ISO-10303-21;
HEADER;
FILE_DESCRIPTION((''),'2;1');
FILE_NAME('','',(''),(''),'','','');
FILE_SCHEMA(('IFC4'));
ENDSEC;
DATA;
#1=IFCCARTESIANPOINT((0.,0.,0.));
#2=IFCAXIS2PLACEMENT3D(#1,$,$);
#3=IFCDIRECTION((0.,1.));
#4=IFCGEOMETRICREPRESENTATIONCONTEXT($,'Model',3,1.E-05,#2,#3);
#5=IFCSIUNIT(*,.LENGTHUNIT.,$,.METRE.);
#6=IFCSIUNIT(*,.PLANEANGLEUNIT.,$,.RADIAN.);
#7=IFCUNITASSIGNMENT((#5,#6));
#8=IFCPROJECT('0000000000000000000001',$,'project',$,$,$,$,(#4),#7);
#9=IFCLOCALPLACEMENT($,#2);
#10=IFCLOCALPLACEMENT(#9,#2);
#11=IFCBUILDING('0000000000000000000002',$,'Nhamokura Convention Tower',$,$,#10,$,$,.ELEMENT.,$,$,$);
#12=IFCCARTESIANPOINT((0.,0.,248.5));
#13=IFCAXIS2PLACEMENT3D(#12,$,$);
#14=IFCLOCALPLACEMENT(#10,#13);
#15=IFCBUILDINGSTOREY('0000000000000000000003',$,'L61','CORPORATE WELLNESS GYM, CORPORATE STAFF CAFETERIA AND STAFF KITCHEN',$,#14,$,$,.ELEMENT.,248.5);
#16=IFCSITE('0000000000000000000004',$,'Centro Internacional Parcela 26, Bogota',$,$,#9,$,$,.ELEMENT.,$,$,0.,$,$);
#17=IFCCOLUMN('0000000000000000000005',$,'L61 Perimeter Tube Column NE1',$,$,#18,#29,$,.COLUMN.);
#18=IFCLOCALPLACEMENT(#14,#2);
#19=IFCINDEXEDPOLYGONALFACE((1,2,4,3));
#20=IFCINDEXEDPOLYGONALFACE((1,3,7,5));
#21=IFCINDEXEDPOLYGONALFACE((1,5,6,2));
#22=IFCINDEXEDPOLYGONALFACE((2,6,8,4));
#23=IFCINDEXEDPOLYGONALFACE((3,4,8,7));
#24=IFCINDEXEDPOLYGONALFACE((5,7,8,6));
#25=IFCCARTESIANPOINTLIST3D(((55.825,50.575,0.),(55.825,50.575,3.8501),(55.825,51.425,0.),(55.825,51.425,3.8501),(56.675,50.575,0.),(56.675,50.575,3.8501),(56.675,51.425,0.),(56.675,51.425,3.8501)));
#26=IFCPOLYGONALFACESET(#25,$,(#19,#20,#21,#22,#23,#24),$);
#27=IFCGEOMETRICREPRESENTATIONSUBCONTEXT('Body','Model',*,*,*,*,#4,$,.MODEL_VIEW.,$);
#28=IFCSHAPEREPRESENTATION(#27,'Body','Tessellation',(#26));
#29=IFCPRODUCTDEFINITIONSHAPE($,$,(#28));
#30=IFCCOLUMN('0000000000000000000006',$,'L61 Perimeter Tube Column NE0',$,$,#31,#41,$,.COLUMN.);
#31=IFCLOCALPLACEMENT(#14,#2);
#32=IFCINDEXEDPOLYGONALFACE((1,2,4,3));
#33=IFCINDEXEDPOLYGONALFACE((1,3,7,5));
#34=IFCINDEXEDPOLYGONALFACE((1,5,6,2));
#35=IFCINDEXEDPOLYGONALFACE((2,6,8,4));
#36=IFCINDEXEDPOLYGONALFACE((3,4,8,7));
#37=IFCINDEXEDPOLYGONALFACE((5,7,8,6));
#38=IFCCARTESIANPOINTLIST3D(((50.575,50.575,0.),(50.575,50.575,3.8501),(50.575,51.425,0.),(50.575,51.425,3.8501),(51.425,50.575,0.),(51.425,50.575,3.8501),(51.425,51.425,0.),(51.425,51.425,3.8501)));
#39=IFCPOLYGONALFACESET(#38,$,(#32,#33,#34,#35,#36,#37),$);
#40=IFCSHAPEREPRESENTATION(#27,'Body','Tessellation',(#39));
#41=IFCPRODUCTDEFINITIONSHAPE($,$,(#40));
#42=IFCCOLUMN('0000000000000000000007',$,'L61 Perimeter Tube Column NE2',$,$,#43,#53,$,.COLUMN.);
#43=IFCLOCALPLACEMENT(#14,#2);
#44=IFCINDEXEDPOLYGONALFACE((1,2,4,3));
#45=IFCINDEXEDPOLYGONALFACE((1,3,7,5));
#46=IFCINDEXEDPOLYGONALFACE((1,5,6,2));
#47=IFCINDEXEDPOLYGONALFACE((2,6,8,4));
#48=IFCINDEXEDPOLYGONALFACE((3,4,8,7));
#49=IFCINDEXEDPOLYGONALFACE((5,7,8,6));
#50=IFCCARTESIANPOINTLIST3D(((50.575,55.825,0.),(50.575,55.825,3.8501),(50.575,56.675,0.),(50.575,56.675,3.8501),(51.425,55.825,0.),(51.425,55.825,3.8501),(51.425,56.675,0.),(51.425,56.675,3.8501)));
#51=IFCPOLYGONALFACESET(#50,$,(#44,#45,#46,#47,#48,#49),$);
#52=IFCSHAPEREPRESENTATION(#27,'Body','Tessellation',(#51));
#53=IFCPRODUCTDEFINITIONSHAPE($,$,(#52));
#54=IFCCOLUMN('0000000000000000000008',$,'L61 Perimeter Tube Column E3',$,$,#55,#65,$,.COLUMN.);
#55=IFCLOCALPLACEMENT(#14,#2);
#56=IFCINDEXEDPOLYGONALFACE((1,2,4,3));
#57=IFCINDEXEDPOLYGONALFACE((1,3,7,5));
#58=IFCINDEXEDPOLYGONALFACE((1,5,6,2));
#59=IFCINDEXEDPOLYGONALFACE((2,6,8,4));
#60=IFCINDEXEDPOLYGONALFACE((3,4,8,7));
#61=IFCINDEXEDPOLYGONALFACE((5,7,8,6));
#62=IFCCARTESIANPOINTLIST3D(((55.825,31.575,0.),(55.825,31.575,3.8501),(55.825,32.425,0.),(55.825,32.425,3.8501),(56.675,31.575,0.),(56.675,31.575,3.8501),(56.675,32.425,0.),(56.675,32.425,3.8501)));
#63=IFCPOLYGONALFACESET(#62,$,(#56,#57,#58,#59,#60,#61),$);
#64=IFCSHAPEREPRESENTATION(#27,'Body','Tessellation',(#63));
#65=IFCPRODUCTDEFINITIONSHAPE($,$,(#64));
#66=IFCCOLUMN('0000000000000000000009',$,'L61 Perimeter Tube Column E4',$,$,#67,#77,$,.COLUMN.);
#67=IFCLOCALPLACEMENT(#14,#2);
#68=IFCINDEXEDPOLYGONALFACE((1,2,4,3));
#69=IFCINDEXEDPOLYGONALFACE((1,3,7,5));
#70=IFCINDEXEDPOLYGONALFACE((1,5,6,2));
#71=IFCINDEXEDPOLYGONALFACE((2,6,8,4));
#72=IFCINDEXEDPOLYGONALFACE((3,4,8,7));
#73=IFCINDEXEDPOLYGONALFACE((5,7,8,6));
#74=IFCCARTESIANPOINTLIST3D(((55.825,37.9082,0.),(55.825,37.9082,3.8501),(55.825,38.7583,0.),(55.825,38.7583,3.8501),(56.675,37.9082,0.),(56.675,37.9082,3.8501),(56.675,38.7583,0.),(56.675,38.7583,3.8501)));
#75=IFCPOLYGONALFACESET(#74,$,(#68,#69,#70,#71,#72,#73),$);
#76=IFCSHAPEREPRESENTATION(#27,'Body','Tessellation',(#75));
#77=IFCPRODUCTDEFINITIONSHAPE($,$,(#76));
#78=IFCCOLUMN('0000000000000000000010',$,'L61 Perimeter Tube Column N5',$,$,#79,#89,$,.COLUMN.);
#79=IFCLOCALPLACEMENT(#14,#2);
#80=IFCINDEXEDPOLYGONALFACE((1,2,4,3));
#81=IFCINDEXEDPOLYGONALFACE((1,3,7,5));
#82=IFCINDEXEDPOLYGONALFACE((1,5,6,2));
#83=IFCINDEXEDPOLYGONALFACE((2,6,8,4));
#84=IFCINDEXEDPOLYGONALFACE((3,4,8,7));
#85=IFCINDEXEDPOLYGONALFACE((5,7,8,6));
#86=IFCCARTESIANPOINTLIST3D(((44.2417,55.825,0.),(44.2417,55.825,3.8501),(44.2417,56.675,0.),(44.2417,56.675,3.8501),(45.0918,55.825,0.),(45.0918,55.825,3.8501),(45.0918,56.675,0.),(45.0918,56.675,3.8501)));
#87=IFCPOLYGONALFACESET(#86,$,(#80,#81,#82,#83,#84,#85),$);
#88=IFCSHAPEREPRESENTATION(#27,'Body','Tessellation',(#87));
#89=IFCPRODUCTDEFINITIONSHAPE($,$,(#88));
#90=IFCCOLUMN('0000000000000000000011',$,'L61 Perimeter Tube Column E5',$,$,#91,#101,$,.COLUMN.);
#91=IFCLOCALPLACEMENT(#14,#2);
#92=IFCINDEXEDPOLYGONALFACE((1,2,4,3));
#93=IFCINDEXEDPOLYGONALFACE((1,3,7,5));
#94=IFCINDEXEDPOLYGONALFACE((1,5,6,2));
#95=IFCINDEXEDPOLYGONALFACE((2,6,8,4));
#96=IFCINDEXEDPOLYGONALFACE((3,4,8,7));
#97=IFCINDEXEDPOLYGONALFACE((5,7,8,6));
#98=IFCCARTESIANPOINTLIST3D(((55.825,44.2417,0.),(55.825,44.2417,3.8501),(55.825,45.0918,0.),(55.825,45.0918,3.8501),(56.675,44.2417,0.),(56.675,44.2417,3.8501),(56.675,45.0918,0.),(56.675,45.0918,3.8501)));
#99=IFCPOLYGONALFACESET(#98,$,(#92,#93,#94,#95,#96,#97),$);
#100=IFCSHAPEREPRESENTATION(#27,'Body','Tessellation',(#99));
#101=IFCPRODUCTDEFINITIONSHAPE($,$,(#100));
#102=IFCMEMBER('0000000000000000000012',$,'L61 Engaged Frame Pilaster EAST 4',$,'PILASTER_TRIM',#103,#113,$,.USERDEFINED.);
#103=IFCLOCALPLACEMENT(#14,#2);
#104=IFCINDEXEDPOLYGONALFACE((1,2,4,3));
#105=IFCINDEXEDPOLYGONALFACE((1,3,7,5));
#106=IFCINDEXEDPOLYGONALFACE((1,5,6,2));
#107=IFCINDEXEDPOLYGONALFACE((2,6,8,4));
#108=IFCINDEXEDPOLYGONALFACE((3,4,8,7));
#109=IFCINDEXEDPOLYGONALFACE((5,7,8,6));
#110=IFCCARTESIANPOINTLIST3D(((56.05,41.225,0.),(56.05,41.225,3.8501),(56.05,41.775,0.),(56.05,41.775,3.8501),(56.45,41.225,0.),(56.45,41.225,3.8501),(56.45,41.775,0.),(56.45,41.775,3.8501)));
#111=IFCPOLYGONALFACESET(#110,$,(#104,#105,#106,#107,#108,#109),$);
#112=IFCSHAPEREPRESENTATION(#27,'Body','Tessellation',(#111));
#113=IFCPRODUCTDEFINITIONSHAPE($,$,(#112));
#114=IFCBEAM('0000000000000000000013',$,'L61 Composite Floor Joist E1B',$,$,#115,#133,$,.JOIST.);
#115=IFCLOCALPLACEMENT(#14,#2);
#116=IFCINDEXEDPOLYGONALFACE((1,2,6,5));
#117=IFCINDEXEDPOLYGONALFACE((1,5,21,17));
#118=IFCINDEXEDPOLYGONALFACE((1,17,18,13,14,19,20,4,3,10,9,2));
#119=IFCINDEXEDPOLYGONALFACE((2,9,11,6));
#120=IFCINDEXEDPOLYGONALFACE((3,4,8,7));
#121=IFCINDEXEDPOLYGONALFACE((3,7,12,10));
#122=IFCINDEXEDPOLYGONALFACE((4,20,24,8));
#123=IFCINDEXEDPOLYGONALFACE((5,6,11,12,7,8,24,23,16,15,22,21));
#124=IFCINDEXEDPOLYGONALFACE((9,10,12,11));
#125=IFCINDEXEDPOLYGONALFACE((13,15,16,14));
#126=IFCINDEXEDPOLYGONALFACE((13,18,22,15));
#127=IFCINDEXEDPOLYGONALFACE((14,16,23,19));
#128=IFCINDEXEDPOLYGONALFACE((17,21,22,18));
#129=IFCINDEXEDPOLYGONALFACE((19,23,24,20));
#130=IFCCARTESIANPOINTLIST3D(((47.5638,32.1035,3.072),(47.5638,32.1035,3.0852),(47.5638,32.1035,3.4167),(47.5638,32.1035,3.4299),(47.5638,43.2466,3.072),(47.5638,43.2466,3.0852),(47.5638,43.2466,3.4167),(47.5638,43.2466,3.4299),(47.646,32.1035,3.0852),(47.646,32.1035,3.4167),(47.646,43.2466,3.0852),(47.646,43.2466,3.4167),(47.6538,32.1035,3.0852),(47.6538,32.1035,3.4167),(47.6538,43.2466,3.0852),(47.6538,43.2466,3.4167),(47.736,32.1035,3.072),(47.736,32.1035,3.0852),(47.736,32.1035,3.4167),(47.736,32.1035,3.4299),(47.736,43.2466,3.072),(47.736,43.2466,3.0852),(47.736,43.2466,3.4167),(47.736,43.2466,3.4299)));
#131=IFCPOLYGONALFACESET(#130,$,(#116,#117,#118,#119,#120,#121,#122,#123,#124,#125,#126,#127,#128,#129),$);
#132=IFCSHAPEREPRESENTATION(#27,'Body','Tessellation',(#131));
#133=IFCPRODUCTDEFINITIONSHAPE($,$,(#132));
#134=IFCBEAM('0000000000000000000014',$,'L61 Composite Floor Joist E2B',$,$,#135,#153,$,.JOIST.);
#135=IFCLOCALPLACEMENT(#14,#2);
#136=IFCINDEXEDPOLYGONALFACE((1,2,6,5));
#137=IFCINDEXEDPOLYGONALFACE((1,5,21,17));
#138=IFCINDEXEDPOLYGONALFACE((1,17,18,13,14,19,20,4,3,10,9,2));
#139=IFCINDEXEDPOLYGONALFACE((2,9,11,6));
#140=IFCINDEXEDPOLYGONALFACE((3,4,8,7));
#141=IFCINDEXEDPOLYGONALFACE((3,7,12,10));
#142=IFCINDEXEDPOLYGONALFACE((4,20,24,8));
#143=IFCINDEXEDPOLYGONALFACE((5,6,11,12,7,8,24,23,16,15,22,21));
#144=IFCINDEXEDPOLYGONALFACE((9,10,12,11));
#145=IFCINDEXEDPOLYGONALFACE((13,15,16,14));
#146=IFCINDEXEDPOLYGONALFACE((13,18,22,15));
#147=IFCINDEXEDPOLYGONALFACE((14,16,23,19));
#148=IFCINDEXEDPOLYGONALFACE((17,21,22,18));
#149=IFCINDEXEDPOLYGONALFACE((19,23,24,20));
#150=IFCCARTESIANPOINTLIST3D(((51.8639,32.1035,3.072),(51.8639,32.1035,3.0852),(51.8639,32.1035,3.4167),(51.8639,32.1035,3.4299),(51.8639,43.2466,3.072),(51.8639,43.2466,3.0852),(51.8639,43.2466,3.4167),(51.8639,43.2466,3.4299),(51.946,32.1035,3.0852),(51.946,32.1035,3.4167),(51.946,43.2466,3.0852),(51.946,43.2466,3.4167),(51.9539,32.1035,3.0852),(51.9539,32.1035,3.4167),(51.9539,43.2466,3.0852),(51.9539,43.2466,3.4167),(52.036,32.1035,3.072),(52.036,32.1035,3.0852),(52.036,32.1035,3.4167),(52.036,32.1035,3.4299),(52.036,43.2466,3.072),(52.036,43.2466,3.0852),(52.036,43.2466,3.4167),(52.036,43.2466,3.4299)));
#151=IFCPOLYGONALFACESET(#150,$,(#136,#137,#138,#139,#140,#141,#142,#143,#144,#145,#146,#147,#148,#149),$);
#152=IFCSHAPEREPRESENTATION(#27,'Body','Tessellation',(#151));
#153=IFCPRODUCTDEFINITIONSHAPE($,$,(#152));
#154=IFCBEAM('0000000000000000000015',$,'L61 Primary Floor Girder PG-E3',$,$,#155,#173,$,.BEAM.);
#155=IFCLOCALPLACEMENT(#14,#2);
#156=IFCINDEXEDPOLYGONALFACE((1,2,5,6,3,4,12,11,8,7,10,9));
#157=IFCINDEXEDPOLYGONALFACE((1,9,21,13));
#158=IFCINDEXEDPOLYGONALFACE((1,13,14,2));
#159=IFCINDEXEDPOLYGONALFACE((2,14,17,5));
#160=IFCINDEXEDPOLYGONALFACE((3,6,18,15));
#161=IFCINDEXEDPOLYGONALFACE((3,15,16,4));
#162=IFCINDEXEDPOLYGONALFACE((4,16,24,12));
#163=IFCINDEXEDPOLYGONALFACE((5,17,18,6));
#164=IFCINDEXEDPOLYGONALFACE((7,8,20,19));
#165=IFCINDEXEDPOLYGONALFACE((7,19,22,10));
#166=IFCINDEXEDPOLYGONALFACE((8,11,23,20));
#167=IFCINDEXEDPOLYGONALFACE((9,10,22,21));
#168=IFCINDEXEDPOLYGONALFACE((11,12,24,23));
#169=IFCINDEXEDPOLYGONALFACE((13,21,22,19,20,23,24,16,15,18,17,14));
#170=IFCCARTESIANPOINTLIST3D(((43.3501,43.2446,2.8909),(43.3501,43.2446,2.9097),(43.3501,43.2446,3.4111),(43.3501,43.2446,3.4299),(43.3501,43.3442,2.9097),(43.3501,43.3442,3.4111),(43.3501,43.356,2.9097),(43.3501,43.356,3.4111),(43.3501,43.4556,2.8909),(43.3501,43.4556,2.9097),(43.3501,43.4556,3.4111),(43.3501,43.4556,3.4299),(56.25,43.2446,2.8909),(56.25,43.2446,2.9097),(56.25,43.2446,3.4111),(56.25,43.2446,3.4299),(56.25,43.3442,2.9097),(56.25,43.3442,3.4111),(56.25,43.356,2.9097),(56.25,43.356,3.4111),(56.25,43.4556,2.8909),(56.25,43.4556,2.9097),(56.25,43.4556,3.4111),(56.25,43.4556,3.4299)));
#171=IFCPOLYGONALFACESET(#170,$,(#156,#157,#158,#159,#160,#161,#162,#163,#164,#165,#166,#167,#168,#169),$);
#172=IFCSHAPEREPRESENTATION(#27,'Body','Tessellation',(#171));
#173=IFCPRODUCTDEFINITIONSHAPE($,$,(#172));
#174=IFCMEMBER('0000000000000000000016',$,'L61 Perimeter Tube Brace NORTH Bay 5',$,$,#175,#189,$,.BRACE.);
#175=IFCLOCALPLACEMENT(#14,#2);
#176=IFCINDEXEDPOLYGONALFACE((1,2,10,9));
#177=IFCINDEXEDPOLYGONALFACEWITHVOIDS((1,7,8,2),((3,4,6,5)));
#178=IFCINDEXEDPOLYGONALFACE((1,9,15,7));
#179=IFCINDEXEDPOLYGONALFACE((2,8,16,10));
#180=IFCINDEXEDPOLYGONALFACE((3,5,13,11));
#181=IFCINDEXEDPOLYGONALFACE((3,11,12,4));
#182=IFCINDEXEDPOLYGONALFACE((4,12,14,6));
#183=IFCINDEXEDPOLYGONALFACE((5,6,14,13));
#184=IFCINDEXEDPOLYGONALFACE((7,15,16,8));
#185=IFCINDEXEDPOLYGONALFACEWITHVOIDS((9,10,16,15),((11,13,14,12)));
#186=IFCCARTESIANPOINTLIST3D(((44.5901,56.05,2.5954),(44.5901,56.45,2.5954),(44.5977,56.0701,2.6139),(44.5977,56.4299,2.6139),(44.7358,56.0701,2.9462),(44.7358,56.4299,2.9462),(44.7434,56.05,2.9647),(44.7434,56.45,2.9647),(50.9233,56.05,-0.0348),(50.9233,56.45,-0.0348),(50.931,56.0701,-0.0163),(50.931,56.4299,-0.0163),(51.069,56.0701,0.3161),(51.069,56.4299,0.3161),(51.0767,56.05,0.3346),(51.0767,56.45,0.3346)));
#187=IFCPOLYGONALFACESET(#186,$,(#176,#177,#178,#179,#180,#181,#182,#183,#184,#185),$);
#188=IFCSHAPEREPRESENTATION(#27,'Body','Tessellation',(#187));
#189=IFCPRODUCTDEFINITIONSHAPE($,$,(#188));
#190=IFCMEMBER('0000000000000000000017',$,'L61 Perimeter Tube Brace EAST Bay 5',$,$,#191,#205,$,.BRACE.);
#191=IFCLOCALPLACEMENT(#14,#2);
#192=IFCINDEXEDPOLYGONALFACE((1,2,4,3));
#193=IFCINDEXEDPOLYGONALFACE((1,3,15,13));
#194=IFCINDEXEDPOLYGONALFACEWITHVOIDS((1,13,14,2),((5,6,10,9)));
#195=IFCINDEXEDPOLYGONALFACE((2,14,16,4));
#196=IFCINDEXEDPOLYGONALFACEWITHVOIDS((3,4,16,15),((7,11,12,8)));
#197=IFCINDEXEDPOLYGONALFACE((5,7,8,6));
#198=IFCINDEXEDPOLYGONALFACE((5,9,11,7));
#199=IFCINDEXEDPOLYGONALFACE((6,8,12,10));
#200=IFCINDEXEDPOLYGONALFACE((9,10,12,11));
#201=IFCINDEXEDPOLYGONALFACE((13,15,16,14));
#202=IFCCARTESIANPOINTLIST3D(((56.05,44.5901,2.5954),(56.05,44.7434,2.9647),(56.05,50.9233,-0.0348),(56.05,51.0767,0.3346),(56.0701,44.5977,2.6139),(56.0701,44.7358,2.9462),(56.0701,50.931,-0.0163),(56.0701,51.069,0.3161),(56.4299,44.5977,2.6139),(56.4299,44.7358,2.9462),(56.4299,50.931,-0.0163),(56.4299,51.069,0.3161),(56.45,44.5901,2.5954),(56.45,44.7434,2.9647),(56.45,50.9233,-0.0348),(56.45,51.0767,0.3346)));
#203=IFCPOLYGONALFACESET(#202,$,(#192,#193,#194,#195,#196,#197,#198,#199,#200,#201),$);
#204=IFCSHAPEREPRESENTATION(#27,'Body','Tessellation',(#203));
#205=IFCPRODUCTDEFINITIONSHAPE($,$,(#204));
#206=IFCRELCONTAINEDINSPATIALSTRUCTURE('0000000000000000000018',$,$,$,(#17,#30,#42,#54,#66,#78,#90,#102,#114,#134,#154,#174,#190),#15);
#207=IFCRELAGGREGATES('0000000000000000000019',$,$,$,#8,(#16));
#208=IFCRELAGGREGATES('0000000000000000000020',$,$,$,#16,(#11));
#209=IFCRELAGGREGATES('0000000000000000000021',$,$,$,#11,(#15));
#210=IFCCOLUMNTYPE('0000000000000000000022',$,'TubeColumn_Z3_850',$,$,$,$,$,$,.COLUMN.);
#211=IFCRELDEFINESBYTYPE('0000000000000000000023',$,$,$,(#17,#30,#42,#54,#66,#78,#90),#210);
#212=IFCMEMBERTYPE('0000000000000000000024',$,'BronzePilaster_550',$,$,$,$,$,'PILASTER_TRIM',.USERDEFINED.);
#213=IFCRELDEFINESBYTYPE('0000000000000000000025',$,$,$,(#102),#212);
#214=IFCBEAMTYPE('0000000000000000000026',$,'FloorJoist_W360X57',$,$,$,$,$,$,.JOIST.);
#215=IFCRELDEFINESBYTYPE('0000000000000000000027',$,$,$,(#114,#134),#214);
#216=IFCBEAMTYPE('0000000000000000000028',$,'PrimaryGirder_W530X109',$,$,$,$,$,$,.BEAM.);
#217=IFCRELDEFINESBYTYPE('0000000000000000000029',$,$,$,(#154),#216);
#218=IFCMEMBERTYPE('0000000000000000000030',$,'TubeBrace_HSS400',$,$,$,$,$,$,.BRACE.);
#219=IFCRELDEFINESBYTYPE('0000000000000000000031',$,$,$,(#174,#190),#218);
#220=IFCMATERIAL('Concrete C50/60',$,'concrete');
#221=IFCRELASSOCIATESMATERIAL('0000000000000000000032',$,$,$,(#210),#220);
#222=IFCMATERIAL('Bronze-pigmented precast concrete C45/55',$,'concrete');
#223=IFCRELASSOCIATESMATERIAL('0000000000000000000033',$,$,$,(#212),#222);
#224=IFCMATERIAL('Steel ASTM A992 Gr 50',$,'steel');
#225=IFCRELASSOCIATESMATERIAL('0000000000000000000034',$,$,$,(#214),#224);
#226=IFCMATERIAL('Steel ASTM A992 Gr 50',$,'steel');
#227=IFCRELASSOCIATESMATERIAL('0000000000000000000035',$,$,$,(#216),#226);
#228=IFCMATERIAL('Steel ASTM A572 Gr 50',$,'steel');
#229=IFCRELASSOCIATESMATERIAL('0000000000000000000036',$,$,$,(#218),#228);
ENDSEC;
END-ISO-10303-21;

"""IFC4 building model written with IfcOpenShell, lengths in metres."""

from ifc_helpers import new_model, si_unit, direction, frame, origin, origin_2d, place, context, subcontext, project, spatial, rectangle, hollow_rectangle, i_section, extrude, material, material_profile, profile_set, type_object, element, save


model = new_model("IFC4")

# Units and contexts
model_context = context("Model", 3, precision=1e-05, world=origin(), true_north=direction((0.0, 1.0)))
body_context = subcontext(model_context, "Body", "Model", "MODEL_VIEW")
ifc_project = project(units=[si_unit("LENGTHUNIT", "METRE"), si_unit("PLANEANGLEUNIT", "RADIAN")], contexts=[model_context])

# Site, building, storey
site_placement = place(None, origin())
site = spatial("IfcSite", under=ifc_project, at=site_placement, Name="Centro Internacional Parcela 26, Bogota", CompositionType="ELEMENT", RefElevation=0.0)
building_placement = place(site_placement, origin())
building = spatial("IfcBuilding", under=site, at=building_placement, Name="Nhamokura Convention Tower", CompositionType="ELEMENT")
storey_placement = place(building_placement, frame((0.0, 0.0, 248.5)))
storey = spatial("IfcBuildingStorey", under=building, at=storey_placement, Name="L61", Description="CORPORATE WELLNESS GYM, CORPORATE STAFF CAFETERIA AND STAFF KITCHEN", CompositionType="ELEMENT", Elevation=248.5)

# Columns
ifc_material_1 = material(Name="Concrete C50/60", Category="concrete")
ifc_material_profile_1 = material_profile(ifc_material_1, rectangle(XDim=0.8501, YDim=0.8501, at=origin_2d()))
ifc_profile_set_1 = profile_set([ifc_material_profile_1], Name="Concrete C50/60")
column_type = type_object("IfcColumnType", Name="TubeColumn_Z3_850", PredefinedType="COLUMN", material=ifc_profile_set_1)
for number, where, z_axis, x_axis, name in (
    (1, (56.25, 51.0, 0.0), (0.0, 0.0, 1.0), (1.0, 0.0, 0.0), "L61 Perimeter Tube Column NE1"),
    (2, (51.0, 51.0, 0.0), (0.0, 0.0, 1.0), (1.0, 0.0, 0.0), "L61 Perimeter Tube Column NE0"),
    (3, (51.0, 56.25, 0.0), (0.0, 0.0, 1.0), (1.0, 0.0, 0.0), "L61 Perimeter Tube Column NE2"),
    (4, (56.25, 32.0, 0.0), (0.0, 0.0, 1.0), (1.0, 0.0, 0.0), "L61 Perimeter Tube Column E3"),
    (5, (56.25, 38.3333, 0.0), (0.0, 0.0, 1.0), (1.0, 0.0, 0.0), "L61 Perimeter Tube Column E4"),
    (6, (44.6667, 56.25, 0.0), (0.0, 0.0, 1.0), (1.0, 0.0, 0.0), "L61 Perimeter Tube Column N5"),
    (7, (56.25, 44.6667, 0.0), (0.0, 0.0, 1.0), (1.0, 0.0, 0.0), "L61 Perimeter Tube Column E5"),
):
    element("IfcColumn", number, at=place(storey_placement, frame(where, z_axis=z_axis, x_axis=x_axis)), inside=storey, type_object=column_type, Name=name, PredefinedType="COLUMN", context=body_context, shape_type="SweptSolid", body=[
        extrude(rectangle(XDim=0.8501, YDim=0.8501, at=origin_2d()), origin(), (0.0, 0.0, 1.0), 3.8501),
    ])

# Member
ifc_material_2 = material(Name="Bronze-pigmented precast concrete C45/55", Category="concrete")
ifc_material_profile_2 = material_profile(ifc_material_2, rectangle(XDim=0.3999, YDim=0.55, at=origin_2d()))
ifc_profile_set_2 = profile_set([ifc_material_profile_2], Name="Bronze-pigmented precast concrete C45/55")
member_type_1 = type_object("IfcMemberType", Name="BronzePilaster_550", ElementType="PILASTER_TRIM", PredefinedType="USERDEFINED", material=ifc_profile_set_2)
member_placement = place(storey_placement, frame((56.25, 41.5, 0.0), z_axis=(0.0, 0.0, 1.0), x_axis=(1.0, 0.0, 0.0)))
element("IfcMember", 8, at=member_placement, inside=storey, type_object=member_type_1, Name="L61 Engaged Frame Pilaster EAST 4", ObjectType="PILASTER_TRIM", PredefinedType="USERDEFINED", context=body_context, shape_type="SweptSolid", body=[
    extrude(rectangle(XDim=0.3999, YDim=0.55, at=origin_2d()), origin(), (0.0, 0.0, 1.0), 3.8501),
])

# Beams
ifc_material_3 = material(Name="Steel ASTM A992 Gr 50", Category="steel")
ifc_material_profile_3 = material_profile(ifc_material_3, i_section(OverallWidth=0.1721, OverallDepth=0.3579, WebThickness=0.0078, FlangeThickness=0.0132, at=origin_2d()))
ifc_profile_set_3 = profile_set([ifc_material_profile_3], Name="Steel ASTM A992 Gr 50")
beam_type_1 = type_object("IfcBeamType", Name="FloorJoist_W360X57", PredefinedType="JOIST", material=ifc_profile_set_3)
for number, where, z_axis, x_axis, name in (
    (9, (47.6499, 32.1035, 3.251), (0.0, 1.0, 0.0), (-1.0, 0.0, 0.0), "L61 Composite Floor Joist E1B"),
    (10, (51.95, 32.1035, 3.251), (0.0, 1.0, 0.0), (-1.0, 0.0, 0.0), "L61 Composite Floor Joist E2B"),
):
    element("IfcBeam", number, at=place(storey_placement, frame(where, z_axis=z_axis, x_axis=x_axis)), inside=storey, type_object=beam_type_1, Name=name, PredefinedType="JOIST", context=body_context, shape_type="SweptSolid", body=[
        extrude(i_section(OverallWidth=0.1721, OverallDepth=0.3579, WebThickness=0.0078, FlangeThickness=0.0132, at=origin_2d()), origin(), (0.0, 0.0, 1.0), 11.1431),
    ])
ifc_material_4 = material(Name="Steel ASTM A992 Gr 50", Category="steel")
ifc_material_profile_4 = material_profile(ifc_material_4, i_section(OverallWidth=0.2109, OverallDepth=0.5391, WebThickness=0.0117, FlangeThickness=0.0188, at=origin_2d()))
ifc_profile_set_4 = profile_set([ifc_material_profile_4], Name="Steel ASTM A992 Gr 50")
beam_type_2 = type_object("IfcBeamType", Name="PrimaryGirder_W530X109", PredefinedType="BEAM", material=ifc_profile_set_4)
beam_1_placement = place(storey_placement, frame((43.3501, 43.3501, 3.1604), z_axis=(1.0, 0.0, 0.0), x_axis=(0.0, 1.0, 0.0)))
element("IfcBeam", 11, at=beam_1_placement, inside=storey, type_object=beam_type_2, Name="L61 Primary Floor Girder PG-E3", PredefinedType="BEAM", context=body_context, shape_type="SweptSolid", body=[
    extrude(i_section(OverallWidth=0.2109, OverallDepth=0.5391, WebThickness=0.0117, FlangeThickness=0.0188, at=origin_2d()), origin(), (0.0, 0.0, 1.0), 12.8999),
])

# Members
ifc_material_5 = material(Name="Steel ASTM A572 Gr 50", Category="steel")
ifc_material_profile_5 = material_profile(ifc_material_5, hollow_rectangle(XDim=0.3999, YDim=0.3999, WallThickness=0.02, at=origin_2d()))
ifc_profile_set_5 = profile_set([ifc_material_profile_5], Name="Steel ASTM A572 Gr 50")
member_type_2 = type_object("IfcMemberType", Name="TubeBrace_HSS400", PredefinedType="BRACE", material=ifc_profile_set_5)
for number, where, z_axis, x_axis, name in (
    (12, (51.0, 56.25, 0.1499), (-0.923528, 0.0, 0.383531), (0.0, -1.0, 0.0), "L61 Perimeter Tube Brace NORTH Bay 5"),
    (13, (56.25, 51.0, 0.1499), (0.0, -0.923528, 0.383531), (1.0, 0.0, 0.0), "L61 Perimeter Tube Brace EAST Bay 5"),
):
    element("IfcMember", number, at=place(storey_placement, frame(where, z_axis=z_axis, x_axis=x_axis)), inside=storey, type_object=member_type_2, Name=name, PredefinedType="BRACE", context=body_context, shape_type="SweptSolid", body=[
        extrude(hollow_rectangle(XDim=0.3999, YDim=0.3999, WallThickness=0.02, at=origin_2d()), origin(), (0.0, 0.0, 1.0), 6.8577),
    ])

save(model, "model.ifc")
